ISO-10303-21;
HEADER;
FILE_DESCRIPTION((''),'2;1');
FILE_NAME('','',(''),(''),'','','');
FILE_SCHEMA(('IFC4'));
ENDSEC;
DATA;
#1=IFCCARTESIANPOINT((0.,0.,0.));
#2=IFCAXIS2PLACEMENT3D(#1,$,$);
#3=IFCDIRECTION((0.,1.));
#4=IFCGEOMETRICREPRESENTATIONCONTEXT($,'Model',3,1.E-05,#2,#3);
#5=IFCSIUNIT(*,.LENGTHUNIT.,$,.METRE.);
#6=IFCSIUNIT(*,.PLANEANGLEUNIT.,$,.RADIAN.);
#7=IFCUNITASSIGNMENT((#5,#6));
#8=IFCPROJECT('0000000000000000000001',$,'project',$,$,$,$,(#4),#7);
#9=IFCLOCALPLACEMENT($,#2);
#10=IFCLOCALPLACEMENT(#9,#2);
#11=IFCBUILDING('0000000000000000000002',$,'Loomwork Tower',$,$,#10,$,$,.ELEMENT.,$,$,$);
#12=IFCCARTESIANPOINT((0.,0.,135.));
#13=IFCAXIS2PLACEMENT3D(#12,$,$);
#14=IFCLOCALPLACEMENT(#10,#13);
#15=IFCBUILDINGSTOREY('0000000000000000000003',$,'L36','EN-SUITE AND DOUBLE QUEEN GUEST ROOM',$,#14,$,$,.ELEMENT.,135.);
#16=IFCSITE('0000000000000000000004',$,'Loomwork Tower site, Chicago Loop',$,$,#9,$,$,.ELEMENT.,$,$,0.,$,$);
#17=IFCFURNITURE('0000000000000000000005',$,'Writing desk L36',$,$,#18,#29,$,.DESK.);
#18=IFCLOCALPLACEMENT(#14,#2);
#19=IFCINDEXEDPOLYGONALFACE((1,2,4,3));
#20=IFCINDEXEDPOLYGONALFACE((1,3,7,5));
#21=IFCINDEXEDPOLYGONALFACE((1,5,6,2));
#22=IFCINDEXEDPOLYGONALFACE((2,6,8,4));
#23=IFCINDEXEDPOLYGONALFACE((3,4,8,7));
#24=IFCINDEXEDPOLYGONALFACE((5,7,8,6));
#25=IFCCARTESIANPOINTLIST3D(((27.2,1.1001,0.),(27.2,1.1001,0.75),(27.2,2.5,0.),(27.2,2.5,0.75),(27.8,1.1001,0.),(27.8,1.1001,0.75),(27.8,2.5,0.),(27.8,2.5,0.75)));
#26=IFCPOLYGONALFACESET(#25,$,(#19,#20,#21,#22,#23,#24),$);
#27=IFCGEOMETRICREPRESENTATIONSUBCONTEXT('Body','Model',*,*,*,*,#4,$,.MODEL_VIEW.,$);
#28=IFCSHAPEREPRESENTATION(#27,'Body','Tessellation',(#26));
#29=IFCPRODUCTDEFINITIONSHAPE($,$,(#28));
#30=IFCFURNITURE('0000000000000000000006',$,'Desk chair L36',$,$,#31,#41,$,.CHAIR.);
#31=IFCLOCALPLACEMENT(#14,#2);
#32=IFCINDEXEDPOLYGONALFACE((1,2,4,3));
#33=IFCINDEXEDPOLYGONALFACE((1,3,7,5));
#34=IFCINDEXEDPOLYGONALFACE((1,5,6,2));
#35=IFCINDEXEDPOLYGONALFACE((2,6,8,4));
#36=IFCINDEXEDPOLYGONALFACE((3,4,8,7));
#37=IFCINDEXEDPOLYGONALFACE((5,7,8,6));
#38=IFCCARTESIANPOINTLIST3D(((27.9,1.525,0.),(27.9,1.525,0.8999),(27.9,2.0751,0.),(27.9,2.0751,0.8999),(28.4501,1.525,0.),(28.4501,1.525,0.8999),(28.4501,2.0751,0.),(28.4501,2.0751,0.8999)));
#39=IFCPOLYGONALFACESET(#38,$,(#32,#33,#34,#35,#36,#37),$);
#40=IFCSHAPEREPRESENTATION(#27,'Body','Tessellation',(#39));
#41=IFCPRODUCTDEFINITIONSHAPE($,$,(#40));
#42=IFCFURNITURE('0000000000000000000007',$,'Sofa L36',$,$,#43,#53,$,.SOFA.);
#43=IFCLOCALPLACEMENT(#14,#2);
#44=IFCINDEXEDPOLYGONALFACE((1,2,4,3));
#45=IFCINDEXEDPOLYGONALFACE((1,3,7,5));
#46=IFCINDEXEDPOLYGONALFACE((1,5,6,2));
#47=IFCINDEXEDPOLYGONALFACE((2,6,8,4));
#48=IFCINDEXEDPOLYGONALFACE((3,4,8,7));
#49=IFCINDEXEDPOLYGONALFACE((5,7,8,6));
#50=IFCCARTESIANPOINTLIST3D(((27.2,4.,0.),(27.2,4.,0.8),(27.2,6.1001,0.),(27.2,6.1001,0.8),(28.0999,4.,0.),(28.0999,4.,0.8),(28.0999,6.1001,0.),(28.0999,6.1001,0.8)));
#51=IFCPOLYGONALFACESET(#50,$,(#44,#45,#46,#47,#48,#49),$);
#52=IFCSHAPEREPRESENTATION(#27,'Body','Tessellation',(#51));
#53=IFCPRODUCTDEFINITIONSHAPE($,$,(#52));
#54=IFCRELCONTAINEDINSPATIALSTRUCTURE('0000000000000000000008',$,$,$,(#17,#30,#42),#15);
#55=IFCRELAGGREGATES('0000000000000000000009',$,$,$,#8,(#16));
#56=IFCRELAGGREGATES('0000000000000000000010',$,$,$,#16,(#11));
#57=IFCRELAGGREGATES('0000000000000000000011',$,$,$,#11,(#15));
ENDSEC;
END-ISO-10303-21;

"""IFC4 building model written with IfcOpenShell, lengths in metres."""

from ifc_helpers import new_model, si_unit, direction, frame, origin, origin_2d, place, context, subcontext, project, spatial, rectangle, extrude, element, save


model = new_model("IFC4")

# Units and contexts
model_context = context("Model", 3, precision=1e-05, world=origin(), true_north=direction((0.0, 1.0)))
body_context = subcontext(model_context, "Body", "Model", "MODEL_VIEW")
ifc_project = project(units=[si_unit("LENGTHUNIT", "METRE"), si_unit("PLANEANGLEUNIT", "RADIAN")], contexts=[model_context])

# Site, building, storey
site_placement = place(None, origin())
site = spatial("IfcSite", under=ifc_project, at=site_placement, Name="Loomwork Tower site, Chicago Loop", CompositionType="ELEMENT", RefElevation=0.0)
building_placement = place(site_placement, origin())
building = spatial("IfcBuilding", under=site, at=building_placement, Name="Loomwork Tower", CompositionType="ELEMENT")
storey_placement = place(building_placement, frame((0.0, 0.0, 135.0)))
storey = spatial("IfcBuildingStorey", under=building, at=storey_placement, Name="L36", Description="EN-SUITE AND DOUBLE QUEEN GUEST ROOM", CompositionType="ELEMENT", Elevation=135.0)

# Furniture
furniture_1_placement = place(storey_placement, frame((27.5, 1.8, 0.0), z_axis=(0.0, 0.0, 1.0), x_axis=(1.0, 0.0, 0.0)))
element("IfcFurniture", 1, at=furniture_1_placement, inside=storey, Name="Writing desk L36", PredefinedType="DESK", context=body_context, shape_type="SweptSolid", body=[
    extrude(rectangle(XDim=0.6001, YDim=1.3999, at=origin_2d()), origin(), (0.0, 0.0, 1.0), 0.75),
])
furniture_2_placement = place(storey_placement, frame((28.175, 1.8, 0.0), z_axis=(0.0, 0.0, 1.0), x_axis=(1.0, 0.0, 0.0)))
element("IfcFurniture", 2, at=furniture_2_placement, inside=storey, Name="Desk chair L36", PredefinedType="CHAIR", context=body_context, shape_type="SweptSolid", body=[
    extrude(rectangle(XDim=0.55, YDim=0.55, at=origin_2d()), origin(), (0.0, 0.0, 1.0), 0.8999),
])
furniture_3_placement = place(storey_placement, frame((27.6499, 5.05, 0.0), z_axis=(0.0, 0.0, 1.0), x_axis=(1.0, 0.0, 0.0)))
element("IfcFurniture", 3, at=furniture_3_placement, inside=storey, Name="Sofa L36", PredefinedType="SOFA", context=body_context, shape_type="SweptSolid", body=[
    extrude(rectangle(XDim=0.8999, YDim=2.1001, at=origin_2d()), origin(), (0.0, 0.0, 1.0), 0.8),
])

save(model, "model.ifc")
